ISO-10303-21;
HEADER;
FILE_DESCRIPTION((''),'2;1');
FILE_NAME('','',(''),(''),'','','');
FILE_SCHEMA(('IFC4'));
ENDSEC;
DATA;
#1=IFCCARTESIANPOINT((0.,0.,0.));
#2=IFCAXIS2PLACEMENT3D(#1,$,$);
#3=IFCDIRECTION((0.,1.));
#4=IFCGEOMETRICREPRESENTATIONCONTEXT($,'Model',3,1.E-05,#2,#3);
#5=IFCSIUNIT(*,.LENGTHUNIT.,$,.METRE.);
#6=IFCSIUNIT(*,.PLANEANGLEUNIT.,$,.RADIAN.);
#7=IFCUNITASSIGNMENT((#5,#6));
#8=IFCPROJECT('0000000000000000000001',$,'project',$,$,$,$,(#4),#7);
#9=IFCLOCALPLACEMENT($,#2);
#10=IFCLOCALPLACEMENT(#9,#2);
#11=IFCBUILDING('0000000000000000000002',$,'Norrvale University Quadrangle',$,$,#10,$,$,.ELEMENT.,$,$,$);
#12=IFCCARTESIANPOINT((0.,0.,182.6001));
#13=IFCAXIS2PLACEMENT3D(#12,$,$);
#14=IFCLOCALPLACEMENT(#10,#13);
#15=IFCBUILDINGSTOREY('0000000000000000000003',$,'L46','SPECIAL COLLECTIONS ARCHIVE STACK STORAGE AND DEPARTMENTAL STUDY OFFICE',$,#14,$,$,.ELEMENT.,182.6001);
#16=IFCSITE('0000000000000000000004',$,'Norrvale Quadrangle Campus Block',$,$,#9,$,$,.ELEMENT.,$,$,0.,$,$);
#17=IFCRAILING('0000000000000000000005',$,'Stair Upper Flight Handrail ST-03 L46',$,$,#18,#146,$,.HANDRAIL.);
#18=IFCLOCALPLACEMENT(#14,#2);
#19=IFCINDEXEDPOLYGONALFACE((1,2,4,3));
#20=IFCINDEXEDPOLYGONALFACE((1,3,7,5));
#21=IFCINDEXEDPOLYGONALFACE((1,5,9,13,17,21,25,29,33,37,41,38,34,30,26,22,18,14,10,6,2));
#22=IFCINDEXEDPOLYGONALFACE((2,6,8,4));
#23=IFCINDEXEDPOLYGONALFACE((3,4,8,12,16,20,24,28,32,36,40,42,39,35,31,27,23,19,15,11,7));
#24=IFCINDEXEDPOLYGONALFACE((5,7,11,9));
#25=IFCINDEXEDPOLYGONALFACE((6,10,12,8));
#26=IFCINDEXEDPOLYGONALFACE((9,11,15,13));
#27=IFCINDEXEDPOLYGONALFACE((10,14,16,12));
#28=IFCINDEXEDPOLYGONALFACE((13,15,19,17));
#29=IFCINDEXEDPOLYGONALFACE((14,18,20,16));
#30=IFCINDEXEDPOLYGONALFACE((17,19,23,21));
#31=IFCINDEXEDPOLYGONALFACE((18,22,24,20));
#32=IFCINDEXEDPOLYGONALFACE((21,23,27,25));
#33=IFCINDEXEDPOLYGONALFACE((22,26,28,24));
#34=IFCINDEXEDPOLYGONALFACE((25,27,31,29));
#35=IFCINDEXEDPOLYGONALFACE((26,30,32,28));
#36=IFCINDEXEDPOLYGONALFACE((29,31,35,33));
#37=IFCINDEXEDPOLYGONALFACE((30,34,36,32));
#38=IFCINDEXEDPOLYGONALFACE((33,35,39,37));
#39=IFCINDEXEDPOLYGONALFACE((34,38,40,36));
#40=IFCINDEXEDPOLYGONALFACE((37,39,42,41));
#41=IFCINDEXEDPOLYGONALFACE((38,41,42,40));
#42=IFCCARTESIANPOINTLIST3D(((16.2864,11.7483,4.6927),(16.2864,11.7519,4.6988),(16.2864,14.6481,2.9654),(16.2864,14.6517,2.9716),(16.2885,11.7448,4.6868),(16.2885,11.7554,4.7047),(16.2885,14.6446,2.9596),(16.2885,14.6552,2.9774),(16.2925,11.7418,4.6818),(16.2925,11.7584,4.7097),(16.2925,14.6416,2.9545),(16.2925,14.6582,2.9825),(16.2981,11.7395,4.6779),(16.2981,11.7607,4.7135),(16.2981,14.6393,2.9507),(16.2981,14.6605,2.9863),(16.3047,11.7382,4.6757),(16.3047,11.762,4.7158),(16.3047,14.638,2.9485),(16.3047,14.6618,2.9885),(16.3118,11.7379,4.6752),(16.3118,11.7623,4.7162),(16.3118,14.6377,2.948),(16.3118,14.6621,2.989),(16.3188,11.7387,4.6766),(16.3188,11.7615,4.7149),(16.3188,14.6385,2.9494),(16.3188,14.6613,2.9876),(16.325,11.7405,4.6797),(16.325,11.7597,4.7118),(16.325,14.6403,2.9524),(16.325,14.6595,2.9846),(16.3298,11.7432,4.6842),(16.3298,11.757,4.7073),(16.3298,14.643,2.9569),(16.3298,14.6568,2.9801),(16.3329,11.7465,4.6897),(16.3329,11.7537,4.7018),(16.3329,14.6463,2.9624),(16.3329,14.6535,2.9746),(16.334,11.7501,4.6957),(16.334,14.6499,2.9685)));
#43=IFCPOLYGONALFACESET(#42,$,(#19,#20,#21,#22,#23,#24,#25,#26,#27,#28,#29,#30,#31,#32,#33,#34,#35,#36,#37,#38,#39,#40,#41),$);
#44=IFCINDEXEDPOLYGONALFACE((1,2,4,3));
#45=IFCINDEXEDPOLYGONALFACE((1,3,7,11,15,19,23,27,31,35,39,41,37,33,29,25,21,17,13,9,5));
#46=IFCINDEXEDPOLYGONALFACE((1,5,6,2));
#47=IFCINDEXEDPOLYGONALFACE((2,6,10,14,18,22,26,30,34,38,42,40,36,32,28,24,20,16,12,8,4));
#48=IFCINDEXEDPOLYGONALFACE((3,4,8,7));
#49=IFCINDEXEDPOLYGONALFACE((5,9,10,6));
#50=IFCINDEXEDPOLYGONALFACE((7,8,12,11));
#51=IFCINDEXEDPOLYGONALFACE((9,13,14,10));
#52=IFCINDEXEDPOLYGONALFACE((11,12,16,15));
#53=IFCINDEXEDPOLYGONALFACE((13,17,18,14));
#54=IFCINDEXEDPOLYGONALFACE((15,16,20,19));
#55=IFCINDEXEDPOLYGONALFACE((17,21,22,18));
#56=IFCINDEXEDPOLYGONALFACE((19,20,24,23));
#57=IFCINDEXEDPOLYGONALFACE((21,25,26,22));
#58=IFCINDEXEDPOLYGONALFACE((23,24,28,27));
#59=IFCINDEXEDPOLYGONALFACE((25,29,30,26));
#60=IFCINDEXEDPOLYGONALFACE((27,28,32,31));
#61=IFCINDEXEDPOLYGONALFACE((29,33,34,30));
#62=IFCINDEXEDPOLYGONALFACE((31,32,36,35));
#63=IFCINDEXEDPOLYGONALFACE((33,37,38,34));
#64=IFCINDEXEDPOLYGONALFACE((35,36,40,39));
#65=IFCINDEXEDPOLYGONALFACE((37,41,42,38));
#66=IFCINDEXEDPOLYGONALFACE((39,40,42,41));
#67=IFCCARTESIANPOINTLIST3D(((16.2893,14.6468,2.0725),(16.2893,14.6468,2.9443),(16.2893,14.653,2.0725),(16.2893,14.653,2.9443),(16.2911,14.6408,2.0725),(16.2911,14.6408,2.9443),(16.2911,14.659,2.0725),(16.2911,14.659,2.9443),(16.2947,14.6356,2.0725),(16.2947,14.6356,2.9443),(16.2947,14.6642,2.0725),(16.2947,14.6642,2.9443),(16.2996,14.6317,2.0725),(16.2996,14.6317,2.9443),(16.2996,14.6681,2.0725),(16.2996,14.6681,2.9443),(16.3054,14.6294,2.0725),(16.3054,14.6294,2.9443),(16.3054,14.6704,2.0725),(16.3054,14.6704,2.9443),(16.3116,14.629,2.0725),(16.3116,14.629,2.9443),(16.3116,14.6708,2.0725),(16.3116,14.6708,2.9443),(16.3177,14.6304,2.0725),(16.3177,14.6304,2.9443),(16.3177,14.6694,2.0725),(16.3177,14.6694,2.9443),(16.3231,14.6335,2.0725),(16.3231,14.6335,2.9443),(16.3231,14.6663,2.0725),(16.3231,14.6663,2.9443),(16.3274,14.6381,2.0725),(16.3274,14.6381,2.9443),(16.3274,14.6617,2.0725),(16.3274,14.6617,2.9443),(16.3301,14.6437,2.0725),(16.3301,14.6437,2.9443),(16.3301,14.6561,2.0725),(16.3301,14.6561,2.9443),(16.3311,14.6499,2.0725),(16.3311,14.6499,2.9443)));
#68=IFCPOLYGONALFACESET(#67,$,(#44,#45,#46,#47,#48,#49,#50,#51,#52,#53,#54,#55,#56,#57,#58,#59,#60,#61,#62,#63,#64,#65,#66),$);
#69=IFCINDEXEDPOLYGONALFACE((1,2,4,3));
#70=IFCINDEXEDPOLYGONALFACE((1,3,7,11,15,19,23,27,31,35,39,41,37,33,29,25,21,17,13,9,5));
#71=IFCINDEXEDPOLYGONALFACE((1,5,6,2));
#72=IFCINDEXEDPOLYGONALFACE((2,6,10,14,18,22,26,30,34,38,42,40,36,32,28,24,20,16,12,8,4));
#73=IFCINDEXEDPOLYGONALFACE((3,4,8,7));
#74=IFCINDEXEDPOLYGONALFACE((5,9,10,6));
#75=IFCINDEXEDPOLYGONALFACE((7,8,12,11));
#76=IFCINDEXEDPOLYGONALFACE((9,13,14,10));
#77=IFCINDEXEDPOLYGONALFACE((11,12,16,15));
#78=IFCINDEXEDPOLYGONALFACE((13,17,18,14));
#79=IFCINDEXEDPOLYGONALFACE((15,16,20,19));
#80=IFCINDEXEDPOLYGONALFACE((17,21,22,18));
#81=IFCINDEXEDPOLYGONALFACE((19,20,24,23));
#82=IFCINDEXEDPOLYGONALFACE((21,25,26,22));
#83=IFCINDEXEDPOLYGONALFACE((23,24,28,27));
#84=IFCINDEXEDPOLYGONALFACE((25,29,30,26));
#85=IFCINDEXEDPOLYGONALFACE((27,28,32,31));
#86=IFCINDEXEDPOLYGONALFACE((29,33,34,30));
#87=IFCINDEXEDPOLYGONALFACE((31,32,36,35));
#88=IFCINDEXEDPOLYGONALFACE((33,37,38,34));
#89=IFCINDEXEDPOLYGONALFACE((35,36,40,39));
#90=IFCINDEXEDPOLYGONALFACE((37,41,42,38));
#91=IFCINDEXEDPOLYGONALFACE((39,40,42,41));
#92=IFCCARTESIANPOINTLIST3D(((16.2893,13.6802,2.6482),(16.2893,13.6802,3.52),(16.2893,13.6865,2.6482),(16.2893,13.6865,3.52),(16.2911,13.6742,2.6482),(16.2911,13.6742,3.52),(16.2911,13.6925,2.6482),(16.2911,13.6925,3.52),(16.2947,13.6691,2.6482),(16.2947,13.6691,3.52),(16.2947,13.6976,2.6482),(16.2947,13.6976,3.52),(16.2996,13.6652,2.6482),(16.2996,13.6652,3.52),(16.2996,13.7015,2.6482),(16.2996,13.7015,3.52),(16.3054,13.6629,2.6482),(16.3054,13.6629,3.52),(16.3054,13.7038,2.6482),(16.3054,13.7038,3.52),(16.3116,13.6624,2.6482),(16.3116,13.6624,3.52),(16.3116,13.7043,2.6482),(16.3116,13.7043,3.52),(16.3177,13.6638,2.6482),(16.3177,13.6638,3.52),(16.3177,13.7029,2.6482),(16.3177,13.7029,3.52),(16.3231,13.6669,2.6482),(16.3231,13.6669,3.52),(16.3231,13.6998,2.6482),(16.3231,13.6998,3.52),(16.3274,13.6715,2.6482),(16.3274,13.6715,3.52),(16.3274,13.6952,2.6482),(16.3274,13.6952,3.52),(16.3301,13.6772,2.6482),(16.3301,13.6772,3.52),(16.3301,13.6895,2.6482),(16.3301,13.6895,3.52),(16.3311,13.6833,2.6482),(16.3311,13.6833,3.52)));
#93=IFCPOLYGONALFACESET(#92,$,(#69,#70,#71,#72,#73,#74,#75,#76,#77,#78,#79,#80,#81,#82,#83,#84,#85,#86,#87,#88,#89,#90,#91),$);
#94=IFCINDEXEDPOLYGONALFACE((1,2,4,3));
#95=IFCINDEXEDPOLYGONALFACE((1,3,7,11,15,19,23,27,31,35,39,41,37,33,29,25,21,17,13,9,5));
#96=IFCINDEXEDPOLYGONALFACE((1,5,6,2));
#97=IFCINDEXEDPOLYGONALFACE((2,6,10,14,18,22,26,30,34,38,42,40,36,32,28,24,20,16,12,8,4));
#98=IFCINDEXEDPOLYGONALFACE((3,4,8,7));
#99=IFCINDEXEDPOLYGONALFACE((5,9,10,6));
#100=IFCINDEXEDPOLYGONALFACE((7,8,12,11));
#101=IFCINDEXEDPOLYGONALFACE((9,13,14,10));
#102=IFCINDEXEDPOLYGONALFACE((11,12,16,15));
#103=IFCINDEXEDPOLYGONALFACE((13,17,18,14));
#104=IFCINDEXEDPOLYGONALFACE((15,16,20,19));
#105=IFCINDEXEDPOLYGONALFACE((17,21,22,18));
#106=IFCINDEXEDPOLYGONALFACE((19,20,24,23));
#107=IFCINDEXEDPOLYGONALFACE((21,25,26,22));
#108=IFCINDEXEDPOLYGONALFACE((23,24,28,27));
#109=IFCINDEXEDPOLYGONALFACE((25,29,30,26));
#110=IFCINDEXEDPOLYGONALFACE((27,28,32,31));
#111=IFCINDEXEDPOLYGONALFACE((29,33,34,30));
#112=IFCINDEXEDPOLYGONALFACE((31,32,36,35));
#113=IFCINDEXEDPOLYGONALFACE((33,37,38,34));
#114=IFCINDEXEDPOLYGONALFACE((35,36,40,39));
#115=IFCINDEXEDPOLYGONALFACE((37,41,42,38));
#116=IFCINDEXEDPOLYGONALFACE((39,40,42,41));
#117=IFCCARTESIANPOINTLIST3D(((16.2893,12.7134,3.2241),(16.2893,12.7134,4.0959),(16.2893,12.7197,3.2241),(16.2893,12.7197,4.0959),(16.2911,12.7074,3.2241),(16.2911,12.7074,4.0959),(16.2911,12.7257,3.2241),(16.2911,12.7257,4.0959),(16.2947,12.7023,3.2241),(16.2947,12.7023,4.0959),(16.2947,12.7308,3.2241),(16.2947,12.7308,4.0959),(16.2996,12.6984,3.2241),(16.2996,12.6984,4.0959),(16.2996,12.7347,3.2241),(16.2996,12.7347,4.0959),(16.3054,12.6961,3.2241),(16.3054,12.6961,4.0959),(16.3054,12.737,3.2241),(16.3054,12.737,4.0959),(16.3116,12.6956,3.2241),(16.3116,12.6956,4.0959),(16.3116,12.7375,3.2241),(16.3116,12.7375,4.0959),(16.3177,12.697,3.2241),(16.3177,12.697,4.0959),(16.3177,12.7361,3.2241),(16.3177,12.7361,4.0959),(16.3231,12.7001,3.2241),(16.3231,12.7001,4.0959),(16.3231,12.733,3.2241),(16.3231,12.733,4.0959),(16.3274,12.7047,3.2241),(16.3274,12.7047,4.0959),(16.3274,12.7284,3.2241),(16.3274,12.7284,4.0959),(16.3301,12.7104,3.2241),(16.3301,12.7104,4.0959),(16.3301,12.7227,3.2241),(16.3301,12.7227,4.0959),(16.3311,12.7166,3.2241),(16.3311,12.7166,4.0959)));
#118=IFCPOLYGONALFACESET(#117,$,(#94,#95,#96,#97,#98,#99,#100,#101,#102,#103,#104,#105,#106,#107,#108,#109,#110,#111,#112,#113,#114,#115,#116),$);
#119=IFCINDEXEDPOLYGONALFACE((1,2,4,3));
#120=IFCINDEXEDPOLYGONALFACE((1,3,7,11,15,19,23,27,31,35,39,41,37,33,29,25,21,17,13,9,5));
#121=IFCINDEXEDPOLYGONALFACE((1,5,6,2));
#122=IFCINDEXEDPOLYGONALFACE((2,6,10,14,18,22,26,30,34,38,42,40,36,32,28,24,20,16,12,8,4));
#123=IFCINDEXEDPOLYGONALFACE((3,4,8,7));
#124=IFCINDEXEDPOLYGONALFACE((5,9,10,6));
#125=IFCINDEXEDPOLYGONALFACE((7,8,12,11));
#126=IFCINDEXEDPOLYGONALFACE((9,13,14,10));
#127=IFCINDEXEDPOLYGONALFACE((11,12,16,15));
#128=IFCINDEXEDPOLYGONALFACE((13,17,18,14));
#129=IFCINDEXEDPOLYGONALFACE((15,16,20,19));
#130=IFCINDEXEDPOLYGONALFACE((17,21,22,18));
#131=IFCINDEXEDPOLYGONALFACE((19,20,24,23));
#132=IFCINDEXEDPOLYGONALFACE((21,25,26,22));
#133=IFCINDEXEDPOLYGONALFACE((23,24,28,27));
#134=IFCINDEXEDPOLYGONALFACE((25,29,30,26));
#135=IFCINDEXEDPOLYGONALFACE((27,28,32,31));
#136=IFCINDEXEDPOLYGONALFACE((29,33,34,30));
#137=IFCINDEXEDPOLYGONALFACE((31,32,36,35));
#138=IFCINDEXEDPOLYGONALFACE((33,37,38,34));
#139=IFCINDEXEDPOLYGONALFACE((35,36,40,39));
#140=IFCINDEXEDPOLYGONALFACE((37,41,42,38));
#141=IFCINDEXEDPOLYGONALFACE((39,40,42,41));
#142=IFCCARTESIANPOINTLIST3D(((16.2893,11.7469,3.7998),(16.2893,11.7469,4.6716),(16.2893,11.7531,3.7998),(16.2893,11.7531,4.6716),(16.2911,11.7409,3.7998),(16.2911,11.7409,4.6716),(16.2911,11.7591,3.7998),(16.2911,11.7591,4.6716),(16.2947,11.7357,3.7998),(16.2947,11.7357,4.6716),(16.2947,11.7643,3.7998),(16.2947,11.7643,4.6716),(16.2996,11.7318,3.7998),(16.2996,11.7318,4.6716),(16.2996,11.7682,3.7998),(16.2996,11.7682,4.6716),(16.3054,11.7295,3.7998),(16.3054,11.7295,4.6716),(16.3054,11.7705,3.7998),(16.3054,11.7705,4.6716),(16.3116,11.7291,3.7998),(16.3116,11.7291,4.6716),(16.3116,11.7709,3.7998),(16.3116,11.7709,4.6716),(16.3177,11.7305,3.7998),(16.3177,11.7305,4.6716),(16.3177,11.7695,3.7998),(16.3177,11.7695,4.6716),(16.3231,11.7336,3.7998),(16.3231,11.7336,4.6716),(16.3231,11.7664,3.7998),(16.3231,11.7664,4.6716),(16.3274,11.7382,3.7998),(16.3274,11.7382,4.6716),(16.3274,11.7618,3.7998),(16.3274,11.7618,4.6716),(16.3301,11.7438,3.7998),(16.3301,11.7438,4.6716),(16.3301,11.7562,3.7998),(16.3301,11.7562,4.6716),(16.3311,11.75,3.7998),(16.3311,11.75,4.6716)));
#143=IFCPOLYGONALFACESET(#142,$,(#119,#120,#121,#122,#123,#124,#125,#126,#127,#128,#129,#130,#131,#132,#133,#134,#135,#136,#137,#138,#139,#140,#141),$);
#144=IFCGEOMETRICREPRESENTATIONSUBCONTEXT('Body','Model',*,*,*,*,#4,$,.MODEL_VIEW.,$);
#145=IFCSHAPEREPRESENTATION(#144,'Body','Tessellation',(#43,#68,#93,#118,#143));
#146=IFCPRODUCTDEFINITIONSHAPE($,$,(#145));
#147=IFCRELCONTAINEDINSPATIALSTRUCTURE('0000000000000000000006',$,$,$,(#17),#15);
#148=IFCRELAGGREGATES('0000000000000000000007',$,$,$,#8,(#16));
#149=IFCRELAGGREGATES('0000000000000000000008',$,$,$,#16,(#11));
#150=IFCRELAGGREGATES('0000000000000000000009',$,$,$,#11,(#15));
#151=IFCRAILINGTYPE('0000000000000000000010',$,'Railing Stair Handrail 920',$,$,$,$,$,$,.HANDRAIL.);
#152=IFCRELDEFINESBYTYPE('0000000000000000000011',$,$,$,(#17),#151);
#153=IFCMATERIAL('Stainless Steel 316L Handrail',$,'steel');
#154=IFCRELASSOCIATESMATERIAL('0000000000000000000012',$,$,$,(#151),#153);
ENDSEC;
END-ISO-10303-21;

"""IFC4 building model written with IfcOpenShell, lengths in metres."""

from ifc_helpers import new_model, si_unit, direction, frame, origin, origin_2d, place, context, subcontext, project, spatial, circle, extrude, material, type_object, element, save


model = new_model("IFC4")

# Units and contexts
model_context = context("Model", 3, precision=1e-05, world=origin(), true_north=direction((0.0, 1.0)))
body_context = subcontext(model_context, "Body", "Model", "MODEL_VIEW")
ifc_project = project(units=[si_unit("LENGTHUNIT", "METRE"), si_unit("PLANEANGLEUNIT", "RADIAN")], contexts=[model_context])

# Site, building, storey
site_placement = place(None, origin())
site = spatial("IfcSite", under=ifc_project, at=site_placement, Name="Norrvale Quadrangle Campus Block", CompositionType="ELEMENT", RefElevation=0.0)
building_placement = place(site_placement, origin())
building = spatial("IfcBuilding", under=site, at=building_placement, Name="Norrvale University Quadrangle", CompositionType="ELEMENT")
storey_placement = place(building_placement, frame((0.0, 0.0, 182.6001)))
storey = spatial("IfcBuildingStorey", under=building, at=storey_placement, Name="L46", Description="SPECIAL COLLECTIONS ARCHIVE STACK STORAGE AND DEPARTMENTAL STUDY OFFICE", CompositionType="ELEMENT", Elevation=182.6001)

# Railing
ifc_material_1 = material(Name="Stainless Steel 316L Handrail", Category="steel")
railing_type_1 = type_object("IfcRailingType", Name="Railing Stair Handrail 920", PredefinedType="HANDRAIL", material=ifc_material_1)
railing_1_placement = place(storey_placement, frame((16.3101, 14.6499, 2.0725)))
element("IfcRailing", 1, at=railing_1_placement, inside=storey, type_object=railing_type_1, Name="Stair Upper Flight Handrail ST-03 L46", PredefinedType="HANDRAIL", context=body_context, shape_type="SweptSolid", body=[
    extrude(circle(Radius=0.0239, at=origin_2d()), frame((0.0, 0.0, 0.896), z_axis=(0.0, -0.859141, 0.511738), x_axis=(1.0, 0.0, 0.0)), (0.0, 0.0, 1.0), 3.3752),
    extrude(circle(Radius=0.021, at=origin_2d()), origin(), (0.0, 0.0, 1.0), 0.8718),
    extrude(circle(Radius=0.021, at=origin_2d()), frame((0.0, -0.9666, 0.5757)), (0.0, 0.0, 1.0), 0.8718),
    extrude(circle(Radius=0.021, at=origin_2d()), frame((0.0, -1.9333, 1.1516)), (0.0, 0.0, 1.0), 0.8718),
    extrude(circle(Radius=0.021, at=origin_2d()), frame((0.0, -2.8999, 1.7273)), (0.0, 0.0, 1.0), 0.8718),
])

save(model, "model.ifc")
